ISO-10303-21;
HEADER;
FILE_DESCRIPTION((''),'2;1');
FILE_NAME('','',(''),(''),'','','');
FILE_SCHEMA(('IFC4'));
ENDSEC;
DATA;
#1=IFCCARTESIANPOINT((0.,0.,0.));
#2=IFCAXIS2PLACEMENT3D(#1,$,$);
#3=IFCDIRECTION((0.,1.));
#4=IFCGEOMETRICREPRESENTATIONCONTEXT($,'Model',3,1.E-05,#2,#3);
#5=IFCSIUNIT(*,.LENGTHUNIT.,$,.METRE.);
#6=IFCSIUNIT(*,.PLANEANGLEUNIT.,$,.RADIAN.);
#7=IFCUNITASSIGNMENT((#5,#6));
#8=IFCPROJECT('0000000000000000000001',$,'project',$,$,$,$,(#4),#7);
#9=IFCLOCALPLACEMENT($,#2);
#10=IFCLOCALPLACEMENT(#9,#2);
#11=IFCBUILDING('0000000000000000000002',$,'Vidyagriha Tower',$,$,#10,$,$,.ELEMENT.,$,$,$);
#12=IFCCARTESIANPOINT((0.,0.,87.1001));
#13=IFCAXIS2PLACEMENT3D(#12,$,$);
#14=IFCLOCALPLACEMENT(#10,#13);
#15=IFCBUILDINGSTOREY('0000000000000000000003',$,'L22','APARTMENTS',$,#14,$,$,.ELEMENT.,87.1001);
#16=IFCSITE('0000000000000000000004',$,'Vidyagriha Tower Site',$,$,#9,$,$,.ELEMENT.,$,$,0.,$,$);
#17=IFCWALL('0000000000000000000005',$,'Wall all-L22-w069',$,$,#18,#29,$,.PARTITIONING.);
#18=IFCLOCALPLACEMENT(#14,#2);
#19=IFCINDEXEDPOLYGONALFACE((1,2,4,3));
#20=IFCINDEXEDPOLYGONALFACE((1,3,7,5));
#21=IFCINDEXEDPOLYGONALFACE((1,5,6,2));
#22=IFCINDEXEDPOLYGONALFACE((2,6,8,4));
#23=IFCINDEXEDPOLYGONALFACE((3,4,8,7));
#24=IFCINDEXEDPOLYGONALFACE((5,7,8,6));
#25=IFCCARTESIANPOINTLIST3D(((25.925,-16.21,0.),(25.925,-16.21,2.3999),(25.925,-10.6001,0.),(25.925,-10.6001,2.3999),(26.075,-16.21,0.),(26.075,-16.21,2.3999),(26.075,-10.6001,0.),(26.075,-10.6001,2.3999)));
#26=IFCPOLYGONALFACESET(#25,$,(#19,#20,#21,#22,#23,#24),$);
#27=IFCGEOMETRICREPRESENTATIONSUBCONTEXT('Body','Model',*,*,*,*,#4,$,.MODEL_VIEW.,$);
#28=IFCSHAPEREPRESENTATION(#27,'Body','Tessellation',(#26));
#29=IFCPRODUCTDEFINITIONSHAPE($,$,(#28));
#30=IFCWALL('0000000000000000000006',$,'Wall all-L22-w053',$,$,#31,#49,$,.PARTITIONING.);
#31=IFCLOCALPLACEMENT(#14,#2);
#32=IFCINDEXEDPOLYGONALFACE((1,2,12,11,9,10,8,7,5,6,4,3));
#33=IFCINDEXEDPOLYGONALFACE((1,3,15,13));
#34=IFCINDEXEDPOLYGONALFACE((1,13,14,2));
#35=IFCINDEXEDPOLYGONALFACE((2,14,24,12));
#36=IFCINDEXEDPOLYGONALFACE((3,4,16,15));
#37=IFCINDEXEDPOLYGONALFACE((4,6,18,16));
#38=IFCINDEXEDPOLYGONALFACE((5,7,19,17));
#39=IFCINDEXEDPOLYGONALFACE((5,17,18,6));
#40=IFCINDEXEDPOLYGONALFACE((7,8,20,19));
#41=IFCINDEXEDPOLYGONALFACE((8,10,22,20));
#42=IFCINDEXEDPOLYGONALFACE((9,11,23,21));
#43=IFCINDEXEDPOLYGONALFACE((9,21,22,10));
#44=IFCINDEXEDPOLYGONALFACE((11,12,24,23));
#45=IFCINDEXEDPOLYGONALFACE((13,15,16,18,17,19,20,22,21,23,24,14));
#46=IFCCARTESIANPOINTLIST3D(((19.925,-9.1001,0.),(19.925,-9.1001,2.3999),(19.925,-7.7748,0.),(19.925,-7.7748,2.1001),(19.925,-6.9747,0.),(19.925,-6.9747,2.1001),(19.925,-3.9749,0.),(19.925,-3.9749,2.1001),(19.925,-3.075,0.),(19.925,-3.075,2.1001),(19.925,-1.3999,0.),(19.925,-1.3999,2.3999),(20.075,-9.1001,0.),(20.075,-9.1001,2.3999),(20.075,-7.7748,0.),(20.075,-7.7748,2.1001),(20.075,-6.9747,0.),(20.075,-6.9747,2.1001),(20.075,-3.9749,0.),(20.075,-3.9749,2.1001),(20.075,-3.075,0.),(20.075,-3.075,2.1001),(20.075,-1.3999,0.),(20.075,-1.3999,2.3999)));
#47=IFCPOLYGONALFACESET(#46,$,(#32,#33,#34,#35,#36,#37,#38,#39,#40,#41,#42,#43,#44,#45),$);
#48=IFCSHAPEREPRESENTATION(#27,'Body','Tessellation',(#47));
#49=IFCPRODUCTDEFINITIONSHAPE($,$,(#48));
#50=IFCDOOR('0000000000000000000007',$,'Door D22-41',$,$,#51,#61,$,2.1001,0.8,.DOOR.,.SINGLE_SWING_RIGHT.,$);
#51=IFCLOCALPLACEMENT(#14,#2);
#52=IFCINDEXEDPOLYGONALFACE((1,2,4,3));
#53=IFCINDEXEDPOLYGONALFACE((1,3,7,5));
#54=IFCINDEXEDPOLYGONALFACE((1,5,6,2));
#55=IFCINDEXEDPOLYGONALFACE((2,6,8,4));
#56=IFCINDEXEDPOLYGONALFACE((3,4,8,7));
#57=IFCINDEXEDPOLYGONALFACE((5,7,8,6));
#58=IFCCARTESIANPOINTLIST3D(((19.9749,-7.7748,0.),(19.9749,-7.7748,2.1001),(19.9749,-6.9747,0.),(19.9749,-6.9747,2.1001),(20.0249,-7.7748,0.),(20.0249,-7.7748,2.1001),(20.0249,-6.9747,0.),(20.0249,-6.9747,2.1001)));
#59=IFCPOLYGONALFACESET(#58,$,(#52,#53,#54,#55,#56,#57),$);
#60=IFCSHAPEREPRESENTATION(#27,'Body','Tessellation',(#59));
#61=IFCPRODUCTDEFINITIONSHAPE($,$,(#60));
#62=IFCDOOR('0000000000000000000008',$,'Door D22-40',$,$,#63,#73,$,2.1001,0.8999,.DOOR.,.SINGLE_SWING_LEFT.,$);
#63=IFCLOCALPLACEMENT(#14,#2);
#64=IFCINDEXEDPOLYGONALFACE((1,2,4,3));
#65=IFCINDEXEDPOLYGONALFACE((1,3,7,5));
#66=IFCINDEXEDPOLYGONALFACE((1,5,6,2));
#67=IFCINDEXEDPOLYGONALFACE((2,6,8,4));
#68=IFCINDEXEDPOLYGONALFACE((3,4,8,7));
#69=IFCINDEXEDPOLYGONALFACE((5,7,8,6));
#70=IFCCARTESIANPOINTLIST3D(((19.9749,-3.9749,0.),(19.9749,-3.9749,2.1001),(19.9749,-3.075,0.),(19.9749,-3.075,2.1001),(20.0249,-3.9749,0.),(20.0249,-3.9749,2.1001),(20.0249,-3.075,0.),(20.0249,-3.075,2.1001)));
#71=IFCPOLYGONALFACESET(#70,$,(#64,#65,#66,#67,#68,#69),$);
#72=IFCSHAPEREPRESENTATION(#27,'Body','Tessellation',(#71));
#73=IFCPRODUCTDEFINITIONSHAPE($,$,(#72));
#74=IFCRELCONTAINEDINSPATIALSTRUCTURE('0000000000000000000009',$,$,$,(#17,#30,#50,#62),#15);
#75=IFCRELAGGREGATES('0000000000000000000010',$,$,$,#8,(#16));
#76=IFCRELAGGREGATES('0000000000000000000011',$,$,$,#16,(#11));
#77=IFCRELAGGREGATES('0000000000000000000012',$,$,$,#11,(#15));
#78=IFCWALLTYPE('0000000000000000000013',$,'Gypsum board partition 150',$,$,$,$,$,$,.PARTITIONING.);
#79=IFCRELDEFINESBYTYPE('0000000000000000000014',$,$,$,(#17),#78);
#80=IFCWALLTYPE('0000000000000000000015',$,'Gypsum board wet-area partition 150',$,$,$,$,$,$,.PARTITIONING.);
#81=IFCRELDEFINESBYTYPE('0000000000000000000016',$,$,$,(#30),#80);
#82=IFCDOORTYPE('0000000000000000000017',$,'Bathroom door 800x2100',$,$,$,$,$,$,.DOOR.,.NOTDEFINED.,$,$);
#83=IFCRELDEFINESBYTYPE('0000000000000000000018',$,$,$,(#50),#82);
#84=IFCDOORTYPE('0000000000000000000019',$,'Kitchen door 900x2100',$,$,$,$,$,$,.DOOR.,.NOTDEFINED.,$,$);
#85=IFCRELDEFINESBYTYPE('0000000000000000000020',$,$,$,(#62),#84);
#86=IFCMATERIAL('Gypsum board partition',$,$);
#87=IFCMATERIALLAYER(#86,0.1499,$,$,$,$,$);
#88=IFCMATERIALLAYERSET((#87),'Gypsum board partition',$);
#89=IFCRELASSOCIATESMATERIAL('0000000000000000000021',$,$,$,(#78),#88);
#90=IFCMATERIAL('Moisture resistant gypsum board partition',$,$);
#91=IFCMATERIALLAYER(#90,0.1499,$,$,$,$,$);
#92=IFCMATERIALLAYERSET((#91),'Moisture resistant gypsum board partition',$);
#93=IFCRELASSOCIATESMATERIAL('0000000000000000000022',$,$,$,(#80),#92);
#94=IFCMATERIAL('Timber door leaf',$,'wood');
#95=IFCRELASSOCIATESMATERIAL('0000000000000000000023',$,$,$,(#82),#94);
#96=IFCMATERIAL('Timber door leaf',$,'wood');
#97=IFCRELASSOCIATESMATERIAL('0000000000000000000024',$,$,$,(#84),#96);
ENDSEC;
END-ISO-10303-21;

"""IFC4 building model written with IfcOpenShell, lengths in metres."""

from ifc_helpers import new_model, si_unit, direction, frame, frame_2d, origin, place, context, subcontext, project, spatial, rectangle, extrude, material, layer, layer_set, type_object, element, fill, save


model = new_model("IFC4")

# Units and contexts
model_context = context("Model", 3, precision=1e-05, world=origin(), true_north=direction((0.0, 1.0)))
body_context = subcontext(model_context, "Body", "Model", "MODEL_VIEW")
ifc_project = project(units=[si_unit("LENGTHUNIT", "METRE"), si_unit("PLANEANGLEUNIT", "RADIAN")], contexts=[model_context])

# Site, building, storey
site_placement = place(None, origin())
site = spatial("IfcSite", under=ifc_project, at=site_placement, Name="Vidyagriha Tower Site", CompositionType="ELEMENT", RefElevation=0.0)
building_placement = place(site_placement, origin())
building = spatial("IfcBuilding", under=site, at=building_placement, Name="Vidyagriha Tower", CompositionType="ELEMENT")
storey_placement = place(building_placement, frame((0.0, 0.0, 87.1001)))
storey = spatial("IfcBuildingStorey", under=building, at=storey_placement, Name="L22", Description="APARTMENTS", CompositionType="ELEMENT", Elevation=87.1001)

# Shared definitions
ifc_material_1 = material(Name="Gypsum board partition")
ifc_layer_1 = layer(ifc_material_1, 0.1499)
ifc_layer_set_1 = layer_set([ifc_layer_1], Name="Gypsum board partition")
wall_type_1 = type_object("IfcWallType", Name="Gypsum board partition 150", PredefinedType="PARTITIONING", material=ifc_layer_set_1)

# Wall
wall_1_placement = place(storey_placement, frame((26.0, -10.6001, 0.0), z_axis=(0.0, 0.0, 1.0), x_axis=(0.0, -1.0, 0.0)))
element("IfcWall", 1, at=wall_1_placement, inside=storey, type_object=wall_type_1, Name="Wall all-L22-w069", PredefinedType="PARTITIONING", context=body_context, shape_type="SweptSolid", body=[
    extrude(rectangle(XDim=5.6099, YDim=0.1499, at=frame_2d((2.8049, 0.0))), origin(), (0.0, 0.0, 1.0), 2.3999),
])

# Wall, openings, doors
ifc_material_2 = material(Name="Moisture resistant gypsum board partition")
ifc_layer_2 = layer(ifc_material_2, 0.1499)
ifc_layer_set_2 = layer_set([ifc_layer_2], Name="Moisture resistant gypsum board partition")
wall_type_2 = type_object("IfcWallType", Name="Gypsum board wet-area partition 150", PredefinedType="PARTITIONING", material=ifc_layer_set_2)
wall_2_placement = place(storey_placement, frame((20.0, -1.3999, 0.0), z_axis=(0.0, 0.0, 1.0), x_axis=(0.0, -1.0, 0.0)))
wall_2 = element("IfcWall", 2, at=wall_2_placement, inside=storey, type_object=wall_type_2, Name="Wall all-L22-w053", PredefinedType="PARTITIONING", context=body_context, shape_type="SweptSolid", body=[
    extrude(rectangle(XDim=7.7002, YDim=0.1499, at=frame_2d((3.8501, 0.0))), origin(), (0.0, 0.0, 1.0), 2.3999),
])
opening_1_placement = place(wall_2_placement, frame((1.675, 0.0, 0.0)))
opening_1 = element("IfcOpeningElement", 3, at=opening_1_placement, cuts=wall_2, PredefinedType="OPENING", context=body_context, shape_type="SweptSolid", body=[
    extrude(rectangle(XDim=0.8999, YDim=2.1001, at=frame_2d((0.45, 1.05))), frame((0.0, 0.085, 0.0), z_axis=(0.0, -1.0, 0.0), x_axis=(1.0, 0.0, 0.0)), (0.0, 0.0, 1.0), 0.1699),
])
opening_2_placement = place(wall_2_placement, frame((5.575, 0.0, 0.0)))
opening_2 = element("IfcOpeningElement", 4, at=opening_2_placement, cuts=wall_2, PredefinedType="OPENING", context=body_context, shape_type="SweptSolid", body=[
    extrude(rectangle(XDim=0.8, YDim=2.1001, at=frame_2d((0.3999, 1.05))), frame((0.0, 0.085, 0.0), z_axis=(0.0, -1.0, 0.0), x_axis=(1.0, 0.0, 0.0)), (0.0, 0.0, 1.0), 0.1699),
])
ifc_material_3 = material(Name="Timber door leaf", Category="wood")
door_type_1 = type_object("IfcDoorType", Name="Bathroom door 800x2100", OperationType="NOTDEFINED", PredefinedType="DOOR", material=ifc_material_3)
door_1_placement = place(opening_2_placement, origin())
door_1 = element("IfcDoor", 5, at=door_1_placement, inside=storey, type_object=door_type_1, Name="Door D22-41", OperationType="SINGLE_SWING_RIGHT", OverallHeight=2.1001, OverallWidth=0.8, PredefinedType="DOOR", context=body_context, shape_type="SweptSolid", body=[
    extrude(rectangle(XDim=0.8, YDim=2.1001, at=frame_2d((0.3999, 1.05))), frame((0.0, 0.0249, 0.0), z_axis=(0.0, -1.0, 0.0), x_axis=(1.0, 0.0, 0.0)), (0.0, 0.0, 1.0), 0.05),
])
fill(opening_2, door_1)
ifc_material_4 = material(Name="Timber door leaf", Category="wood")
door_type_2 = type_object("IfcDoorType", Name="Kitchen door 900x2100", OperationType="NOTDEFINED", PredefinedType="DOOR", material=ifc_material_4)
door_2_placement = place(opening_1_placement, origin())
door_2 = element("IfcDoor", 6, at=door_2_placement, inside=storey, type_object=door_type_2, Name="Door D22-40", OperationType="SINGLE_SWING_LEFT", OverallHeight=2.1001, OverallWidth=0.8999, PredefinedType="DOOR", context=body_context, shape_type="SweptSolid", body=[
    extrude(rectangle(XDim=0.8999, YDim=2.1001, at=frame_2d((0.45, 1.05))), frame((0.0, 0.0249, 0.0), z_axis=(0.0, -1.0, 0.0), x_axis=(1.0, 0.0, 0.0)), (0.0, 0.0, 1.0), 0.05),
])
fill(opening_1, door_2)

save(model, "model.ifc")
